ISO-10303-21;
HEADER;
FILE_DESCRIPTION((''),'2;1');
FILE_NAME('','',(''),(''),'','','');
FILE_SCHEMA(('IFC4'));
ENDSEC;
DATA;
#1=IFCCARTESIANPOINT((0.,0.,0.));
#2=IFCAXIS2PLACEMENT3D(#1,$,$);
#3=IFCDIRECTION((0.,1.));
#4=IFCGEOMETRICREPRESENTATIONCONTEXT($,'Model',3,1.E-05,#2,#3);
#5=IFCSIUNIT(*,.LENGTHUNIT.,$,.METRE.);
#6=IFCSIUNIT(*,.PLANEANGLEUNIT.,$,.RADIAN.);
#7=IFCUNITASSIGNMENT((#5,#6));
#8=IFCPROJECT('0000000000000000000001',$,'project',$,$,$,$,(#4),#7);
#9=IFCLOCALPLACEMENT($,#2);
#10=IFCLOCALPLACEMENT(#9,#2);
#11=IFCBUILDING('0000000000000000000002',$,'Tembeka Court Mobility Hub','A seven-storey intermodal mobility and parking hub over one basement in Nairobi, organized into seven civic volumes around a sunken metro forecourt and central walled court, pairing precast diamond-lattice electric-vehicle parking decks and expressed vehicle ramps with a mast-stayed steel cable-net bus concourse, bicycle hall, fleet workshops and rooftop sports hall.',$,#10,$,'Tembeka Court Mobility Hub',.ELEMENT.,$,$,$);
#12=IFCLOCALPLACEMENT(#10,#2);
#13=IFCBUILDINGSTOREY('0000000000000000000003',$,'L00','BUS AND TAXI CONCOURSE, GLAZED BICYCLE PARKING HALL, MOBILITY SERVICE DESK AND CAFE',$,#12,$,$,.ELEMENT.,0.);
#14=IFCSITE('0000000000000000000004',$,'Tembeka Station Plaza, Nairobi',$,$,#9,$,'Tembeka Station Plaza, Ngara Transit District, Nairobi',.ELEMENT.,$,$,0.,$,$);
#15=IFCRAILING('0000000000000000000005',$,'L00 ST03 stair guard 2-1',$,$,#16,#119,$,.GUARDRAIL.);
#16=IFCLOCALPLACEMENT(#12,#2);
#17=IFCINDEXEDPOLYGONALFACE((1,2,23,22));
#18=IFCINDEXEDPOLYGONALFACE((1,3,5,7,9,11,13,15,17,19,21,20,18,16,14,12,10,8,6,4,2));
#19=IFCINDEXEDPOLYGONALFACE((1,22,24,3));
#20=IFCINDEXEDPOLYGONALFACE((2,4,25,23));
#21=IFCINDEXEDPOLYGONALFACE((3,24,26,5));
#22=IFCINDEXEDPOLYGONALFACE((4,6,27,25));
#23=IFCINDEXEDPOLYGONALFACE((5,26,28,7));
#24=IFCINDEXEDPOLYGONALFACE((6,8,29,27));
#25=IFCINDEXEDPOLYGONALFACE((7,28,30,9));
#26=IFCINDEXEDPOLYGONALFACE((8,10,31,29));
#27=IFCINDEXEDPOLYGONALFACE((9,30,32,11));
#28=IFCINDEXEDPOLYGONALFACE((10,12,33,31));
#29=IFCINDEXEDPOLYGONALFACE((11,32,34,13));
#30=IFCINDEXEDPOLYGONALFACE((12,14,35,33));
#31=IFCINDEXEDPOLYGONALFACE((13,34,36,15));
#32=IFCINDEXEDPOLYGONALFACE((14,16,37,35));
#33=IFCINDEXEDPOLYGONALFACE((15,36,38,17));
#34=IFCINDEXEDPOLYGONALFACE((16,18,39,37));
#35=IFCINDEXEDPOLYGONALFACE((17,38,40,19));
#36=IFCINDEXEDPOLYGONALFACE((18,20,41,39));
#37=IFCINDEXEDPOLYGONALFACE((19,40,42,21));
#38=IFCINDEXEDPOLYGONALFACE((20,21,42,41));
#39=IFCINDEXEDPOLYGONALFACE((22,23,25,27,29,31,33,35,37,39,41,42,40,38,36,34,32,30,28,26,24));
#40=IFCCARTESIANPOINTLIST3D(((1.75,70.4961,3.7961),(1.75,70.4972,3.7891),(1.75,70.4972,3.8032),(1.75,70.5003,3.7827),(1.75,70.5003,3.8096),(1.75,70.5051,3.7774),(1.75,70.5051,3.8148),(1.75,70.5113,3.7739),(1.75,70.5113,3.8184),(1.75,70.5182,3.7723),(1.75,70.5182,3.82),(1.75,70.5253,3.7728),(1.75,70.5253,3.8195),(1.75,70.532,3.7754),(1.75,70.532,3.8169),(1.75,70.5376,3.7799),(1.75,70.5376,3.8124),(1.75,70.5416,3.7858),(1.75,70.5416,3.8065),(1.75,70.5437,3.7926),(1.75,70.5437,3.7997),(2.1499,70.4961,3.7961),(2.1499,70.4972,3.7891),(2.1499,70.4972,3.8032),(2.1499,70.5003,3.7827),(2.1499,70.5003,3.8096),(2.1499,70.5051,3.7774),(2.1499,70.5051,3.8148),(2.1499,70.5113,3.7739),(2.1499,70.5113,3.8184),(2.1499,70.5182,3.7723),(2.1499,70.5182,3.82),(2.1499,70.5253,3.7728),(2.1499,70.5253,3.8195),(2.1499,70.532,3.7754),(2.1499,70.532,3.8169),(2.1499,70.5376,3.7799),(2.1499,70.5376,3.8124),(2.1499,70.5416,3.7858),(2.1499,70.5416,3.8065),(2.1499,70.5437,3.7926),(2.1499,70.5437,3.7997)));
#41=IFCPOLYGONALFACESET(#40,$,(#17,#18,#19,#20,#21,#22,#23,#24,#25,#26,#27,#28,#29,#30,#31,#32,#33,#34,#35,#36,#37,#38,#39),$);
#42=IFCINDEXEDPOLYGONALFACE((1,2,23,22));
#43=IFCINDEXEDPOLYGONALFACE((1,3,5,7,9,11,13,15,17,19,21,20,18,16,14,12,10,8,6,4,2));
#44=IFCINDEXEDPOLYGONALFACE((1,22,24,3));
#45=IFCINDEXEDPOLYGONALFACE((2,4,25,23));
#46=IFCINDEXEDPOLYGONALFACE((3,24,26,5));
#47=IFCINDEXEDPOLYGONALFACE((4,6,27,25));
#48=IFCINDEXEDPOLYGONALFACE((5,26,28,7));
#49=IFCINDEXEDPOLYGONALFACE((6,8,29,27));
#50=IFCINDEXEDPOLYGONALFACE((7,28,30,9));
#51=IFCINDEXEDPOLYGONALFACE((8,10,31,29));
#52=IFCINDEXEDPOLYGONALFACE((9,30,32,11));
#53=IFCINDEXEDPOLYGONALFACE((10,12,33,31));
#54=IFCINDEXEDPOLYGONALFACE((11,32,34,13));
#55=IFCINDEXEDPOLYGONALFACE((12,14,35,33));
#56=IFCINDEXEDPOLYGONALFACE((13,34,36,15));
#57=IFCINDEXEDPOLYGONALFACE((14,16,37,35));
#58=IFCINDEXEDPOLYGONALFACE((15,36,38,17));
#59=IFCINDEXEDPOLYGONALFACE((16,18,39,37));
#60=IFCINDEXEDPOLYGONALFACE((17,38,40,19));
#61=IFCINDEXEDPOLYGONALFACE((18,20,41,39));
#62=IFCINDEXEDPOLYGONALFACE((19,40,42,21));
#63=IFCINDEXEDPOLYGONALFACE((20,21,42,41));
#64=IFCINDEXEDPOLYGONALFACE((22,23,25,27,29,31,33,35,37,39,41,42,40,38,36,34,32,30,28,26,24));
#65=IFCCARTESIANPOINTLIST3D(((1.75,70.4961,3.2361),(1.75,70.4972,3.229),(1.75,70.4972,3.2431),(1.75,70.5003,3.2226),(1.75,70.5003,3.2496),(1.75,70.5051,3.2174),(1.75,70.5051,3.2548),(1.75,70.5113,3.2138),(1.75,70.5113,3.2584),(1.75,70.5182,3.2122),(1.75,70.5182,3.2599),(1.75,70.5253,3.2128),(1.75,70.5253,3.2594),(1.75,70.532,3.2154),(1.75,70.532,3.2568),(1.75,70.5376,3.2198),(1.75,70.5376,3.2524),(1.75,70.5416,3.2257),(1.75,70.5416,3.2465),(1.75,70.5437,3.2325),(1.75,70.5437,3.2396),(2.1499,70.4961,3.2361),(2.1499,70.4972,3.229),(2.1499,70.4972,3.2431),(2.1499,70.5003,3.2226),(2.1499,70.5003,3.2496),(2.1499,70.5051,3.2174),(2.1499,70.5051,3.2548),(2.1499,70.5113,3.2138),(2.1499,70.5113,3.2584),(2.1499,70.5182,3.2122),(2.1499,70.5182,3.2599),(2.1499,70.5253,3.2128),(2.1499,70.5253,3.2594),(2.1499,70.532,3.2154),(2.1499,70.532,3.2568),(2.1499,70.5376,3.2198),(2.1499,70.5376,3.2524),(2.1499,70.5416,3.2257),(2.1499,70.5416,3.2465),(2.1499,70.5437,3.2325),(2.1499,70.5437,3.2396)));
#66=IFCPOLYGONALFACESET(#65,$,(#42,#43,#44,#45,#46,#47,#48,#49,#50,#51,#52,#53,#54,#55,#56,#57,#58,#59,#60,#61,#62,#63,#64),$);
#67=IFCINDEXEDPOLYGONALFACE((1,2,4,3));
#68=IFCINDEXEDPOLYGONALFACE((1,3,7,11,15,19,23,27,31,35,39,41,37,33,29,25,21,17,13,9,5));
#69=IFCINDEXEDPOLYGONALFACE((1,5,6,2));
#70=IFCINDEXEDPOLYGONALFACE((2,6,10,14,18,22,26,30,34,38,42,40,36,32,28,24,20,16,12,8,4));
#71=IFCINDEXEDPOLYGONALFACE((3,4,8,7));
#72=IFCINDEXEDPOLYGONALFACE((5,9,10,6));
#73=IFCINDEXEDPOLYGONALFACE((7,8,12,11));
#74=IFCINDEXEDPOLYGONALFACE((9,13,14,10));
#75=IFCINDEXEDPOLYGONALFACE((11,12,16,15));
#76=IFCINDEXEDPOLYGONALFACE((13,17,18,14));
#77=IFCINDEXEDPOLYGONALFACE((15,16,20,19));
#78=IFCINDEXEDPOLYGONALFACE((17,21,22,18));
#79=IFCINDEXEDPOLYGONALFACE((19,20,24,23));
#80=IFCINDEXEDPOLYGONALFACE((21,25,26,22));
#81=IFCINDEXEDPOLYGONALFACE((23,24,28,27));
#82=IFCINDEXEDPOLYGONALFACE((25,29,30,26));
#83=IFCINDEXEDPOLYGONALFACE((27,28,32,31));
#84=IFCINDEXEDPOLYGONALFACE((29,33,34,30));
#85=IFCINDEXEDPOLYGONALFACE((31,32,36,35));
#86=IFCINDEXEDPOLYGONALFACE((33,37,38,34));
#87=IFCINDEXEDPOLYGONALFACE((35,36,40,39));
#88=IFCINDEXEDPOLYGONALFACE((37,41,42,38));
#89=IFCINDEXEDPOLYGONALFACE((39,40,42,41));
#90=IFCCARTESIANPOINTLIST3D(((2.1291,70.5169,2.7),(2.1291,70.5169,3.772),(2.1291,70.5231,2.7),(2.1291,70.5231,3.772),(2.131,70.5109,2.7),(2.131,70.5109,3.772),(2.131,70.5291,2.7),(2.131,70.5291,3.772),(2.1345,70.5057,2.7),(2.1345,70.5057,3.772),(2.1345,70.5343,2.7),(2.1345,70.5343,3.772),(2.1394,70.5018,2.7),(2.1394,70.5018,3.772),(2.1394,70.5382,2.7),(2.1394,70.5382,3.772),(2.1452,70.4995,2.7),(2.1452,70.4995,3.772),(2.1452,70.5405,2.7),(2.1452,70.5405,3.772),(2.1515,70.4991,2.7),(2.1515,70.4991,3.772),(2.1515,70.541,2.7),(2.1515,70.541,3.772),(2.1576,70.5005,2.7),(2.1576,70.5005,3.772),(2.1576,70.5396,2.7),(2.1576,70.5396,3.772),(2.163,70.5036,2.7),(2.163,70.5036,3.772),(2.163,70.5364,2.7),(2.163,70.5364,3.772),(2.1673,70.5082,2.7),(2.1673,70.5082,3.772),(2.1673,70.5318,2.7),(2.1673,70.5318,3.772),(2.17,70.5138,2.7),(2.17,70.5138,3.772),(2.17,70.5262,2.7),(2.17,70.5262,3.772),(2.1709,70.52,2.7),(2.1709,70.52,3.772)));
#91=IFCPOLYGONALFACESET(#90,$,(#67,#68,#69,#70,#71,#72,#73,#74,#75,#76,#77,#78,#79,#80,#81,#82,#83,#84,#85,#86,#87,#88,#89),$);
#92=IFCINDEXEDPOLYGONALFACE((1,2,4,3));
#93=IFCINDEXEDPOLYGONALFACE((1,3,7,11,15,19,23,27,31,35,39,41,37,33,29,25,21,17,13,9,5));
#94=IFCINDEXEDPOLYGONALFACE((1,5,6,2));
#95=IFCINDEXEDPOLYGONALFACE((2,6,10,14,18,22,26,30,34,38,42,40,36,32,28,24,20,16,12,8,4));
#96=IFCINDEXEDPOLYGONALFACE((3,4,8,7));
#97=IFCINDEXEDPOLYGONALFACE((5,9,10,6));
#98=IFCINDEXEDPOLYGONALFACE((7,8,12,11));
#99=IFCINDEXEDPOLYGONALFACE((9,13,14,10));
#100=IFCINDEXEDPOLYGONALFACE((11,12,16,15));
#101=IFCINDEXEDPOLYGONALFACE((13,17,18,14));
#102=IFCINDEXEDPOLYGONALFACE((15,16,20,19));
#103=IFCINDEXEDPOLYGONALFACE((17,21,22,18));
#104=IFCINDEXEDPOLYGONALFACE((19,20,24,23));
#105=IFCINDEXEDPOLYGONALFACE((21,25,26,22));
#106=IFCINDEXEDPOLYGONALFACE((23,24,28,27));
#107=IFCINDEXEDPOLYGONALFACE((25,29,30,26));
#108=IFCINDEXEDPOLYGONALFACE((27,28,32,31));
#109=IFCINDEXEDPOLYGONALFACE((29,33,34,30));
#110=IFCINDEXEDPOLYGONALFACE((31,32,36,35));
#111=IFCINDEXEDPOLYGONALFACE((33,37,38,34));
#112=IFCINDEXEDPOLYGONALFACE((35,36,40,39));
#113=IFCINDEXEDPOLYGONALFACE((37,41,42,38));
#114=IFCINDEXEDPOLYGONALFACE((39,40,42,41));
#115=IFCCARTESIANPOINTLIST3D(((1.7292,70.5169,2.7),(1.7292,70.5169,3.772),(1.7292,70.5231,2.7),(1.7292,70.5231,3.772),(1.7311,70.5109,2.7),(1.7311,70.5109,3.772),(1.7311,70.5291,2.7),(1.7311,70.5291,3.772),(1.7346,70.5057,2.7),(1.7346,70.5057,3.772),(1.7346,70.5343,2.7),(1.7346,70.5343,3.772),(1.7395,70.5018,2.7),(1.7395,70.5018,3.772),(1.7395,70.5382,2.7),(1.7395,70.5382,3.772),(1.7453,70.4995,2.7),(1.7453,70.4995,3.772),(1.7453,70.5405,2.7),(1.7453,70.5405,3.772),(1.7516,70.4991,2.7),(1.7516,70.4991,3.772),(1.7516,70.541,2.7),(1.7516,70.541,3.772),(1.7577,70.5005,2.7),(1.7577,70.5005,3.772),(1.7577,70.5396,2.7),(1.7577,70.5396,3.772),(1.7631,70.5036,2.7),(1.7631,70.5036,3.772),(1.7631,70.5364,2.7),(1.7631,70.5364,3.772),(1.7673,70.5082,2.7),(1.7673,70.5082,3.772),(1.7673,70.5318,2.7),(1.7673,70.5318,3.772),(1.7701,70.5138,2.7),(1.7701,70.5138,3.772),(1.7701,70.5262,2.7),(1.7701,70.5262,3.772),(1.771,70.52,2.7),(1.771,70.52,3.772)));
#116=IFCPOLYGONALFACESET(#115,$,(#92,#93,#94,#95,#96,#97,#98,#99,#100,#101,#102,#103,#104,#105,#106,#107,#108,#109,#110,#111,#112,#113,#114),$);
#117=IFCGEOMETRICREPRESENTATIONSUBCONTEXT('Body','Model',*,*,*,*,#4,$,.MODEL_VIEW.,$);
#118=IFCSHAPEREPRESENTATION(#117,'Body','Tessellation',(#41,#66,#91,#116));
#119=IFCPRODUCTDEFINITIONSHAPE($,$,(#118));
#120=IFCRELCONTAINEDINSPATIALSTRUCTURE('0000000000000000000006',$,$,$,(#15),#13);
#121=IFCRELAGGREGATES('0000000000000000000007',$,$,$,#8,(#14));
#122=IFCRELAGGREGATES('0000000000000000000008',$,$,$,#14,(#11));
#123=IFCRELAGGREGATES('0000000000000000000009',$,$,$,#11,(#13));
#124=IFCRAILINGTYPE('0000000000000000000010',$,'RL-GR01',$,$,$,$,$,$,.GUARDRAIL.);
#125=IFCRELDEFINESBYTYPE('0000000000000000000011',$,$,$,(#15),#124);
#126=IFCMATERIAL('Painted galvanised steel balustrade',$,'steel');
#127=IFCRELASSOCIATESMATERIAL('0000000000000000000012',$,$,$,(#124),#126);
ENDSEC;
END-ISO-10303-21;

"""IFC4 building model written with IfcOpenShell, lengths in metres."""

from ifc_helpers import new_model, si_unit, direction, frame, origin, origin_2d, place, context, subcontext, project, spatial, circle, extrude, material, type_object, element, save


model = new_model("IFC4")

# Units and contexts
model_context = context("Model", 3, precision=1e-05, world=origin(), true_north=direction((0.0, 1.0)))
body_context = subcontext(model_context, "Body", "Model", "MODEL_VIEW")
ifc_project = project(units=[si_unit("LENGTHUNIT", "METRE"), si_unit("PLANEANGLEUNIT", "RADIAN")], contexts=[model_context])

# Site, building, storey
site_placement = place(None, origin())
site = spatial("IfcSite", under=ifc_project, at=site_placement, Name="Tembeka Station Plaza, Nairobi", LongName="Tembeka Station Plaza, Ngara Transit District, Nairobi", CompositionType="ELEMENT", RefElevation=0.0)
building_placement = place(site_placement, origin())
building = spatial("IfcBuilding", under=site, at=building_placement, Name="Tembeka Court Mobility Hub", Description="A seven-storey intermodal mobility and parking hub over one basement in Nairobi, organized into seven civic volumes around a sunken metro forecourt and central walled court, pairing precast diamond-lattice electric-vehicle parking decks and expressed vehicle ramps with a mast-stayed steel cable-net bus concourse, bicycle hall, fleet workshops and rooftop sports hall.", LongName="Tembeka Court Mobility Hub", CompositionType="ELEMENT")
storey_placement = place(building_placement, origin())
storey = spatial("IfcBuildingStorey", under=building, at=storey_placement, Name="L00", Description="BUS AND TAXI CONCOURSE, GLAZED BICYCLE PARKING HALL, MOBILITY SERVICE DESK AND CAFE", CompositionType="ELEMENT", Elevation=0.0)

# Railing
ifc_material_1 = material(Name="Painted galvanised steel balustrade", Category="steel")
railing_type_1 = type_object("IfcRailingType", Name="RL-GR01", PredefinedType="GUARDRAIL", material=ifc_material_1)
railing_1_placement = place(storey_placement, frame((2.1499, 70.52, 2.7)))
element("IfcRailing", 1, at=railing_1_placement, inside=storey, type_object=railing_type_1, Name="L00 ST03 stair guard 2-1", PredefinedType="GUARDRAIL", context=body_context, shape_type="SweptSolid", body=[
    extrude(circle(Radius=0.0239, at=origin_2d()), frame((0.0, 0.0, 1.0962), z_axis=(-1.0, 0.0, 0.0), x_axis=(0.0, -1.0, 0.0)), (0.0, 0.0, 1.0), 0.3999),
    extrude(circle(Radius=0.0239, at=origin_2d()), frame((0.0, 0.0, 0.5361), z_axis=(-1.0, 0.0, 0.0), x_axis=(0.0, -1.0, 0.0)), (0.0, 0.0, 1.0), 0.3999),
    extrude(circle(Radius=0.021, at=origin_2d()), origin(), (0.0, 0.0, 1.0), 1.072),
    extrude(circle(Radius=0.021, at=origin_2d()), frame((-0.3999, 0.0, 0.0)), (0.0, 0.0, 1.0), 1.072),
])

save(model, "model.ifc")
